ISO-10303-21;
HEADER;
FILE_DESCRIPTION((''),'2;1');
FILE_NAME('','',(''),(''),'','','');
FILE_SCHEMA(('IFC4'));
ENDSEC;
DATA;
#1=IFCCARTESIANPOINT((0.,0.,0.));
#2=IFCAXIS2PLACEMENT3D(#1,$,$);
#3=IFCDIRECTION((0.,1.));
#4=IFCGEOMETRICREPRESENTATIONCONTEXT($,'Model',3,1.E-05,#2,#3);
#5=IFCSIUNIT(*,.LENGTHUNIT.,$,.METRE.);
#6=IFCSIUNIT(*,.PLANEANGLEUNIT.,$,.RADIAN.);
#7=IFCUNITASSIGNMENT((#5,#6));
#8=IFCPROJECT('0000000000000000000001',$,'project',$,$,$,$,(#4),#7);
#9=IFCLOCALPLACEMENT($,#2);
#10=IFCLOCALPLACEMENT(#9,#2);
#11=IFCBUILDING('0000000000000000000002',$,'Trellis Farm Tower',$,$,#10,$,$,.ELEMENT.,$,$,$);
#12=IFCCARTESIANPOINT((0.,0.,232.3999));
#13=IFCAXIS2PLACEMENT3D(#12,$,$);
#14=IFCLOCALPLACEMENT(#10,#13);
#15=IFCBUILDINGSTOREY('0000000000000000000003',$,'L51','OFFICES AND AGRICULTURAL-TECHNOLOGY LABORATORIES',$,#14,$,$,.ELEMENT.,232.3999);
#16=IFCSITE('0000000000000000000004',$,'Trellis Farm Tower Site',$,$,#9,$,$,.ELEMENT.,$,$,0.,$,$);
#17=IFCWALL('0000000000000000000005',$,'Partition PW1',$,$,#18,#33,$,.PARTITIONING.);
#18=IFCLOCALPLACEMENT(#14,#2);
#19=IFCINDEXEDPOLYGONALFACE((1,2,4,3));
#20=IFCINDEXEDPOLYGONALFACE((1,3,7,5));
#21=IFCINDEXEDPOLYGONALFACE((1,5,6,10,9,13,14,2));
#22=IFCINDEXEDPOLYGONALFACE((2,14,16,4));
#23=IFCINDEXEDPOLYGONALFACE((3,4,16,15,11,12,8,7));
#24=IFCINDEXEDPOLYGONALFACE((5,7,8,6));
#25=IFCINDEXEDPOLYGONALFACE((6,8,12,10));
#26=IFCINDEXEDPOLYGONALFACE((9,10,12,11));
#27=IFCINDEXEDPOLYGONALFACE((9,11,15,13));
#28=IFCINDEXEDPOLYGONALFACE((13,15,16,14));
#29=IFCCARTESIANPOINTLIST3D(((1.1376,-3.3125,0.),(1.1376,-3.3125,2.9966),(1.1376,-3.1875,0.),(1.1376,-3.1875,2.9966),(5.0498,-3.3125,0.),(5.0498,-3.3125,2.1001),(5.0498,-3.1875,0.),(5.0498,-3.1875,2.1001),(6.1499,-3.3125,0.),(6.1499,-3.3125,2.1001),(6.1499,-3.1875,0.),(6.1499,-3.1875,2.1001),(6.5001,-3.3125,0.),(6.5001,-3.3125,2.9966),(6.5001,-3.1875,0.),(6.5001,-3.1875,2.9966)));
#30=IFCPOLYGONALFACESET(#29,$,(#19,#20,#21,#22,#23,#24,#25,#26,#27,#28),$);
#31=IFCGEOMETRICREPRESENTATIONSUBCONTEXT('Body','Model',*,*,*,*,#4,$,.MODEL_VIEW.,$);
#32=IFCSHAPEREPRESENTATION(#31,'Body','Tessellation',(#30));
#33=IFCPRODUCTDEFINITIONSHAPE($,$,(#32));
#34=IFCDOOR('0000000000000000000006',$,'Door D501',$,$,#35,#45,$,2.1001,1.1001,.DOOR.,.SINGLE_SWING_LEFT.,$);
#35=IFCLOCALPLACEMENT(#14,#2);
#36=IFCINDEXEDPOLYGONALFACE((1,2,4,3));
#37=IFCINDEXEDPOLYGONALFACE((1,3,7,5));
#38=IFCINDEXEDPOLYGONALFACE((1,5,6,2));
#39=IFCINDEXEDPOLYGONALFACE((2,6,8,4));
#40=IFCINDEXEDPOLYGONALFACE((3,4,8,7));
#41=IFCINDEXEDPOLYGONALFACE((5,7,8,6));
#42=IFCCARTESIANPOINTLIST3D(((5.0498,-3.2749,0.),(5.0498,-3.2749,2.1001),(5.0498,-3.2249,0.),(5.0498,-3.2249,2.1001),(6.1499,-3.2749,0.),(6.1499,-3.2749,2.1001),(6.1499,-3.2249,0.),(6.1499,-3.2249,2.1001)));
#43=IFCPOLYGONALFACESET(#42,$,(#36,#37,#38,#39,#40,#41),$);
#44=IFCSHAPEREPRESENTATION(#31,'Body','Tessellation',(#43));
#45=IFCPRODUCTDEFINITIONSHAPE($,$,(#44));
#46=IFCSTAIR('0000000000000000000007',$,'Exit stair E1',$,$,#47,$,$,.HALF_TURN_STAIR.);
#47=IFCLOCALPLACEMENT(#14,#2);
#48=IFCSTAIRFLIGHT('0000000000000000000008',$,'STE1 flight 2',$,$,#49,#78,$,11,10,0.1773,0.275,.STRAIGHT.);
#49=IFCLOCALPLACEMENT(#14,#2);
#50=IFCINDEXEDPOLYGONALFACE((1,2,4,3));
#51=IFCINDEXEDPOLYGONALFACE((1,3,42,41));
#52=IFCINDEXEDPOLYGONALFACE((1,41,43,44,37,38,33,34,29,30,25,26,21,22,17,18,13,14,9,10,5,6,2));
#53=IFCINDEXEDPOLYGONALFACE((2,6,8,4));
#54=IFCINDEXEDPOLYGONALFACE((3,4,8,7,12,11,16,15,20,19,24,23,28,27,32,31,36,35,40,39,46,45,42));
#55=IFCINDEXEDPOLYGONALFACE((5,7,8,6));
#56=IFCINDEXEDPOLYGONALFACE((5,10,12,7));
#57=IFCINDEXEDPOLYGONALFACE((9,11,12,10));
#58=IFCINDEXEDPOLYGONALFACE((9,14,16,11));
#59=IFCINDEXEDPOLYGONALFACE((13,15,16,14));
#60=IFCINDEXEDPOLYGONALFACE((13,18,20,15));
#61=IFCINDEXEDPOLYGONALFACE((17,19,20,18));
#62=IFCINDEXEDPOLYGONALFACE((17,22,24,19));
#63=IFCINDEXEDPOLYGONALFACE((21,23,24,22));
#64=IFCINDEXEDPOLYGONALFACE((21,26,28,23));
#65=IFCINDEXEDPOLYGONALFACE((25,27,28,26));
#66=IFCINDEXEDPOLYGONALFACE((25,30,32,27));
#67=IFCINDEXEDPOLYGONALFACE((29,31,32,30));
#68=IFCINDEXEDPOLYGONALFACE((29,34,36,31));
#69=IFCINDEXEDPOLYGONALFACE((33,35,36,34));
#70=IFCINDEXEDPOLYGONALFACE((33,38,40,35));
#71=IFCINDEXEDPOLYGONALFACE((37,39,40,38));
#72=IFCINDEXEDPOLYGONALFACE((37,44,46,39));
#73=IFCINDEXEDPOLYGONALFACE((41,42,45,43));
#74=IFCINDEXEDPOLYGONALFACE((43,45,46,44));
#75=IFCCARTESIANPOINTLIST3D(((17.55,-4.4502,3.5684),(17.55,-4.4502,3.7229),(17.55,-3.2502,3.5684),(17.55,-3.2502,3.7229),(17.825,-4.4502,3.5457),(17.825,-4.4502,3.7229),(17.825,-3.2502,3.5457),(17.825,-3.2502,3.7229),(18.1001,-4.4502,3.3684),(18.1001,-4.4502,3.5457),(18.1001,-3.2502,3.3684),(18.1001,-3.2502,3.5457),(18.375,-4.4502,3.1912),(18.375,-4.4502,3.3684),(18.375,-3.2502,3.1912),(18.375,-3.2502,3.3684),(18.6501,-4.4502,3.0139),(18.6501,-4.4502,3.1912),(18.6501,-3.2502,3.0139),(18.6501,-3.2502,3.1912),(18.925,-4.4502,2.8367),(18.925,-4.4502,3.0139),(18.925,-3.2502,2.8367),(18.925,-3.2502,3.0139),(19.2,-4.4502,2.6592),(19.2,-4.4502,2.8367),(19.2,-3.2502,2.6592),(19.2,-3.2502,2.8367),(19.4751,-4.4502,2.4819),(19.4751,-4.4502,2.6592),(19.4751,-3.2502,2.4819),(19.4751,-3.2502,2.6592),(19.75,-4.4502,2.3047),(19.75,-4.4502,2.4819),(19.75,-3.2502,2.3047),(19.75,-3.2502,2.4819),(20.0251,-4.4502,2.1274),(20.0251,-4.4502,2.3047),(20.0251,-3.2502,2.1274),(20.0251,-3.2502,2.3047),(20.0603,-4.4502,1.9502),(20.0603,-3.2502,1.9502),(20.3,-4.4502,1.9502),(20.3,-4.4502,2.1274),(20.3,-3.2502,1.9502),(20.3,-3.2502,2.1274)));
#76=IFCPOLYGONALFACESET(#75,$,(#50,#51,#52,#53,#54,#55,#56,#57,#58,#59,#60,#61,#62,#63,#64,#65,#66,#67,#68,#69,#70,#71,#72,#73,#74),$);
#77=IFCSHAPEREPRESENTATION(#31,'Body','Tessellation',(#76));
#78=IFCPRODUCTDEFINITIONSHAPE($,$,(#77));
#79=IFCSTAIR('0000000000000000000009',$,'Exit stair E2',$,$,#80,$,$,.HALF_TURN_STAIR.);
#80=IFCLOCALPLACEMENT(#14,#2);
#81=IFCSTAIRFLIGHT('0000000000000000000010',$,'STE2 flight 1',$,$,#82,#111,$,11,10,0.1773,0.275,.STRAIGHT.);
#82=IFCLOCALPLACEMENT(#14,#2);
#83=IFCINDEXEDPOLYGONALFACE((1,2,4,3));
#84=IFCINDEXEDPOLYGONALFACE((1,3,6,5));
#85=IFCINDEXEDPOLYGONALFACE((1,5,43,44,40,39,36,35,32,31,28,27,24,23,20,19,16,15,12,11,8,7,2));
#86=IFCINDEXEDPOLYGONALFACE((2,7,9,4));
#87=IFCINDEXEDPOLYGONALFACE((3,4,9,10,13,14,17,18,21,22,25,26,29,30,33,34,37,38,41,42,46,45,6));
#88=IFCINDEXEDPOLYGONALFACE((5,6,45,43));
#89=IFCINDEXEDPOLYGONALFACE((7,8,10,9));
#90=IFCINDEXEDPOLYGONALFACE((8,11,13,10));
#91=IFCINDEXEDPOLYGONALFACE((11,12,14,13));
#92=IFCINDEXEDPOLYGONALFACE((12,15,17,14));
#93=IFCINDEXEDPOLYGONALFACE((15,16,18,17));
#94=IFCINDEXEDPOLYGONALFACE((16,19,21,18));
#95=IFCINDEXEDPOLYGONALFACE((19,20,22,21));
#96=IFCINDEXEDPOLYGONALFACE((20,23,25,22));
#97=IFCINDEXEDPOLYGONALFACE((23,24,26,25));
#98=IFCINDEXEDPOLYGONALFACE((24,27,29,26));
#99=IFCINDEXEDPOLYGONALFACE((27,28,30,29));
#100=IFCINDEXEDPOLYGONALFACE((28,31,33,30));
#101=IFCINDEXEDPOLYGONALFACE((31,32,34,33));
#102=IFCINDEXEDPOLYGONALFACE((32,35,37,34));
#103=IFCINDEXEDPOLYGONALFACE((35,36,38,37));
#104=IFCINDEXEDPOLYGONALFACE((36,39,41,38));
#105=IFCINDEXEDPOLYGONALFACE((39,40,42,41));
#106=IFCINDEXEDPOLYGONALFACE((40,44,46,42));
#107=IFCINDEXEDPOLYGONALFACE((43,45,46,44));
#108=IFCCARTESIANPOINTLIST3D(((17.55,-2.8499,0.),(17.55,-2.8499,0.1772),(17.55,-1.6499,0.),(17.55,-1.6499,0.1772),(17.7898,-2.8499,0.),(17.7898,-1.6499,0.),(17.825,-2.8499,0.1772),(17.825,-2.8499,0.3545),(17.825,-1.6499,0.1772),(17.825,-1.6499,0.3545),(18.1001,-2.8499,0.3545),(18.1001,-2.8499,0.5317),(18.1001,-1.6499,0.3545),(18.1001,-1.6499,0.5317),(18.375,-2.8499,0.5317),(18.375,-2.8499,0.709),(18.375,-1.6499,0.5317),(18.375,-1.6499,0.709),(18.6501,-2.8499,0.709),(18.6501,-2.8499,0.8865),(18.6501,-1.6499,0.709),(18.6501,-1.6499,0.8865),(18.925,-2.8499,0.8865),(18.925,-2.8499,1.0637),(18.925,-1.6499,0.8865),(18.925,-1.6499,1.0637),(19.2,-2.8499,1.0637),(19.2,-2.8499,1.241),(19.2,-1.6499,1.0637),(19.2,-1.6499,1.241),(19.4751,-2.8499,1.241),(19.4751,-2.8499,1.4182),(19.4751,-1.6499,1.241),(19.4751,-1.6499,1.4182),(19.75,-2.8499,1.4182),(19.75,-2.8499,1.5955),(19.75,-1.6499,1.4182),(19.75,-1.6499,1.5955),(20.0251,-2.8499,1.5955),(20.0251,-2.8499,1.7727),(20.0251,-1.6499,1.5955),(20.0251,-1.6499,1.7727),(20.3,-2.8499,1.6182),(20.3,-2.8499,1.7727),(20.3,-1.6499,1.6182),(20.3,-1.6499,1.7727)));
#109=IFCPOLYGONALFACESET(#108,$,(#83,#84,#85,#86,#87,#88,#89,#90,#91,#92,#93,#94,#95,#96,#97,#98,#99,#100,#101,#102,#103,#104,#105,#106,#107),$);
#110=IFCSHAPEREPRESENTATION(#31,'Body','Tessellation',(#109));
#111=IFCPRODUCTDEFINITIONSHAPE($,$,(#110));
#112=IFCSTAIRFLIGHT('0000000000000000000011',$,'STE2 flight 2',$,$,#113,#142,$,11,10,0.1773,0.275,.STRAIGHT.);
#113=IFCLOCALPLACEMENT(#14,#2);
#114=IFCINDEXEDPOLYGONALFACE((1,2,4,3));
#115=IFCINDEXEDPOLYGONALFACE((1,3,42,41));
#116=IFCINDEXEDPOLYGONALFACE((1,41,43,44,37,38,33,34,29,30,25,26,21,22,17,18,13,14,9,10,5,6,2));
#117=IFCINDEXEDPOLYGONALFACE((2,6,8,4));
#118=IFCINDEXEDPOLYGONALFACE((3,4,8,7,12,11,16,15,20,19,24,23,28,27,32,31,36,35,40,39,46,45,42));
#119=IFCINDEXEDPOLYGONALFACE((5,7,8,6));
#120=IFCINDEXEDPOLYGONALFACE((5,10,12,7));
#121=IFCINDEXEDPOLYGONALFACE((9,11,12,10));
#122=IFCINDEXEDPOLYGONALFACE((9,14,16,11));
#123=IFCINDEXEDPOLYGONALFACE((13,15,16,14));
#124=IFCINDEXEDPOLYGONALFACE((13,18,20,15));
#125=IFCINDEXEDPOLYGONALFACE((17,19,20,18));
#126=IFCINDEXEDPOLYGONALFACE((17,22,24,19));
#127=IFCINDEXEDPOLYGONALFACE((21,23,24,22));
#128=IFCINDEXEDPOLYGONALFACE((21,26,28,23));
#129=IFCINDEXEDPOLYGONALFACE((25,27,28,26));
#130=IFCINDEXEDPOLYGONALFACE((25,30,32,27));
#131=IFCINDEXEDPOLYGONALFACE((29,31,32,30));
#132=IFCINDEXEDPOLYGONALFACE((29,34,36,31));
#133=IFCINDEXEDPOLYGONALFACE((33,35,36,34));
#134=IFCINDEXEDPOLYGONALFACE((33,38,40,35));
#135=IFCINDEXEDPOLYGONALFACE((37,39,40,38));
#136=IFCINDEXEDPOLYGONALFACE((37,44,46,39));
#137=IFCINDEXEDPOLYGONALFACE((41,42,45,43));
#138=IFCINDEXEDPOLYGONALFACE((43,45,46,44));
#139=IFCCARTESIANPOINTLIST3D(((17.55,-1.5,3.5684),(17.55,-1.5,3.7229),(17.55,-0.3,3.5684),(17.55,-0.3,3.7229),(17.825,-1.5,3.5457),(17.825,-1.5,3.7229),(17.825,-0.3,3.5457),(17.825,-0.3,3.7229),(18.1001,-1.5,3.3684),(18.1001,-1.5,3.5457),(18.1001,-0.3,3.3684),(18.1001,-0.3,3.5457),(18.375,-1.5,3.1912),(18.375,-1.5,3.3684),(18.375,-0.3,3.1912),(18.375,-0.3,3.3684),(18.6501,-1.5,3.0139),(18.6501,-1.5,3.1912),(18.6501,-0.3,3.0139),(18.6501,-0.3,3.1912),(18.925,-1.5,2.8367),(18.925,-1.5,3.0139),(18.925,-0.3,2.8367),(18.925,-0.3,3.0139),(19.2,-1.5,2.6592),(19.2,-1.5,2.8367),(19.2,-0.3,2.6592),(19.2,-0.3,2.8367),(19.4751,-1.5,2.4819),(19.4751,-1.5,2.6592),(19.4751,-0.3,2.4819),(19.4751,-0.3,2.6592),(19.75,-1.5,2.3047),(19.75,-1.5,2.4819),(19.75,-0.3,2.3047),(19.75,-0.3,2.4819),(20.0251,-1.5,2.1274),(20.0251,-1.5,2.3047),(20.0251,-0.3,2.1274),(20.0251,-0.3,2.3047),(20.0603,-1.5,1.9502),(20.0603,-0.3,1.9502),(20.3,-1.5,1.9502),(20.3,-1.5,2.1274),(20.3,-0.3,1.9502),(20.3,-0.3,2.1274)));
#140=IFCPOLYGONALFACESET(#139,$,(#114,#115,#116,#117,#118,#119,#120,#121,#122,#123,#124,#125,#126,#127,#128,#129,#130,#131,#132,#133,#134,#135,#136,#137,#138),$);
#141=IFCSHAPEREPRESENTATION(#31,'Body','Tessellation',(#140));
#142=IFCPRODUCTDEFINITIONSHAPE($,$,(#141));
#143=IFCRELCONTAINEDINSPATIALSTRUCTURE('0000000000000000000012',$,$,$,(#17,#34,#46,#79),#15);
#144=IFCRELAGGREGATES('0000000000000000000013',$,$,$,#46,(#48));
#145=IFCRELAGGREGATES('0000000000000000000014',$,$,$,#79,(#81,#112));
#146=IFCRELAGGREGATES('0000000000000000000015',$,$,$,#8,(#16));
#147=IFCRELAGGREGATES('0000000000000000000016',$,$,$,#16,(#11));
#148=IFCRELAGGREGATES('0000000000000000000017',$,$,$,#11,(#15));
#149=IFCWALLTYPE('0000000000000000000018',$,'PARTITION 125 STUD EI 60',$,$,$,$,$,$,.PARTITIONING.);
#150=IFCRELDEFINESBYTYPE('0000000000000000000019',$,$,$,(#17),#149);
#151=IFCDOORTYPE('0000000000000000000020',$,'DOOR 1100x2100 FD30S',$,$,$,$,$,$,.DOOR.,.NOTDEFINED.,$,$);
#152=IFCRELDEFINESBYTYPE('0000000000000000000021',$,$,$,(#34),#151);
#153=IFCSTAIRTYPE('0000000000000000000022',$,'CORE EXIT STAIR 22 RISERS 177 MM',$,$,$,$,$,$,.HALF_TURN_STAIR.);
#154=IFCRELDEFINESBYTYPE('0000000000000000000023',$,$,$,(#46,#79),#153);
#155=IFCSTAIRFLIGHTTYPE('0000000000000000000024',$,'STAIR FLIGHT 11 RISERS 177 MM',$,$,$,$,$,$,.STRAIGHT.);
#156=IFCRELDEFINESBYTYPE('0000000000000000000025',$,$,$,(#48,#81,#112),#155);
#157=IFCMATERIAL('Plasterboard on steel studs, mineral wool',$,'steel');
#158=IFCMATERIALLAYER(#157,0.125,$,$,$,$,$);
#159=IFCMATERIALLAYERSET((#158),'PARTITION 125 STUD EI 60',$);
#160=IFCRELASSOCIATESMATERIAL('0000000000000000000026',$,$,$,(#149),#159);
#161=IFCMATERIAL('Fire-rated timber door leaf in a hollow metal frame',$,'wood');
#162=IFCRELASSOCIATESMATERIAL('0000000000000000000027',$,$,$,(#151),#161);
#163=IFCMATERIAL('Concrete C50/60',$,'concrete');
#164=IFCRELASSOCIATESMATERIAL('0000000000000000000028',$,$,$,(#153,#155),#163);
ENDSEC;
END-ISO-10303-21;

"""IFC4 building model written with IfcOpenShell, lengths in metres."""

from ifc_helpers import new_model, si_unit, direction, frame, frame_2d, origin, place, context, subcontext, project, spatial, polyline, rectangle, outline, extrude, source, transform, mapped, material, layer, layer_set, type_object, element, fill, aggregate, save


model = new_model("IFC4")

# Units and contexts
model_context = context("Model", 3, precision=1e-05, world=origin(), true_north=direction((0.0, 1.0)))
body_context = subcontext(model_context, "Body", "Model", "MODEL_VIEW")
ifc_project = project(units=[si_unit("LENGTHUNIT", "METRE"), si_unit("PLANEANGLEUNIT", "RADIAN")], contexts=[model_context])

# Site, building, storey
site_placement = place(None, origin())
site = spatial("IfcSite", under=ifc_project, at=site_placement, Name="Trellis Farm Tower Site", CompositionType="ELEMENT", RefElevation=0.0)
building_placement = place(site_placement, origin())
building = spatial("IfcBuilding", under=site, at=building_placement, Name="Trellis Farm Tower", CompositionType="ELEMENT")
storey_placement = place(building_placement, frame((0.0, 0.0, 232.3999)))
storey = spatial("IfcBuildingStorey", under=building, at=storey_placement, Name="L51", Description="OFFICES AND AGRICULTURAL-TECHNOLOGY LABORATORIES", CompositionType="ELEMENT", Elevation=232.3999)

# Shared definitions
placement = place(storey_placement, origin())

# Shared definitions
ifc_material_1 = material(Name="Plasterboard on steel studs, mineral wool", Category="steel")
ifc_layer_1 = layer(ifc_material_1, 0.125)
ifc_layer_set_1 = layer_set([ifc_layer_1], Name="PARTITION 125 STUD EI 60")
wall_type_1 = type_object("IfcWallType", Name="PARTITION 125 STUD EI 60", PredefinedType="PARTITIONING", material=ifc_layer_set_1)

# Wall, opening, door
shared_shape_1 = source(origin(), body_context, "Body", "SweptSolid", [
    extrude(rectangle(XDim=5.3625, YDim=0.125, at=frame_2d((2.6812, 0.0))), origin(), (0.0, 0.0, 1.0), 2.9966),
])
wall_1_placement = place(storey_placement, frame((6.5, -3.25, 0.0), z_axis=(0.0, 0.0, 1.0), x_axis=(-1.0, 0.0, 0.0)))
wall_1 = element("IfcWall", 1, at=wall_1_placement, inside=storey, type_object=wall_type_1, Name="Partition PW1", PredefinedType="PARTITIONING", context=body_context, shape_type="MappedRepresentation", body=[
    mapped(shared_shape_1, transform((0.0, 0.0, 0.0))),
])
shared_shape_2 = source(origin(), body_context, "Body", "SweptSolid", [
    extrude(rectangle(XDim=1.1001, YDim=2.1001, at=frame_2d((0.55, 1.05))), frame((0.0, 0.0725, 0.0), z_axis=(0.0, -1.0, 0.0), x_axis=(1.0, 0.0, 0.0)), (0.0, 0.0, 1.0), 0.145),
])
opening_1_placement = place(wall_1_placement, frame((0.3501, 0.0, 0.0)))
opening_1 = element("IfcOpeningElement", 2, at=opening_1_placement, cuts=wall_1, PredefinedType="OPENING", context=body_context, shape_type="MappedRepresentation", body=[
    mapped(shared_shape_2, transform((0.0, 0.0, 0.0))),
])
ifc_material_2 = material(Name="Fire-rated timber door leaf in a hollow metal frame", Category="wood")
door_type_1 = type_object("IfcDoorType", Name="DOOR 1100x2100 FD30S", OperationType="NOTDEFINED", PredefinedType="DOOR", material=ifc_material_2)
shared_shape_3 = source(origin(), body_context, "Body", "SweptSolid", [
    extrude(rectangle(XDim=1.1001, YDim=2.1001, at=frame_2d((0.55, 1.05))), frame((0.0, 0.0249, 0.0), z_axis=(0.0, -1.0, 0.0), x_axis=(1.0, 0.0, 0.0)), (0.0, 0.0, 1.0), 0.05),
])
door_1_placement = place(opening_1_placement, origin())
door_1 = element("IfcDoor", 3, at=door_1_placement, inside=storey, type_object=door_type_1, Name="Door D501", OperationType="SINGLE_SWING_LEFT", OverallHeight=2.1001, OverallWidth=1.1001, PredefinedType="DOOR", context=body_context, shape_type="MappedRepresentation", body=[
    mapped(shared_shape_3, transform((0.0, 0.0, 0.0))),
])
fill(opening_1, door_1)

# Stair, stair flight
ifc_material_3 = material(Name="Concrete C50/60", Category="concrete")
stair_type = type_object("IfcStairType", Name="CORE EXIT STAIR 22 RISERS 177 MM", PredefinedType="HALF_TURN_STAIR", material=ifc_material_3)
stair_1 = element("IfcStair", 4, at=placement, inside=storey, type_object=stair_type, Name="Exit stair E1", PredefinedType="HALF_TURN_STAIR")
stair_flight_type = type_object("IfcStairFlightType", Name="STAIR FLIGHT 11 RISERS 177 MM", PredefinedType="STRAIGHT", material=ifc_material_3)
shared_shape_4 = source(origin(), body_context, "Body", "SweptSolid", [
    extrude(outline(polyline([(0.0, 0.0), (0.0, 0.1772), (0.2749, 0.1772), (0.2749, 0.3545), (0.55, 0.3545), (0.55, 0.5317), (0.825, 0.5317), (0.825, 0.709), (1.1001, 0.709), (1.1001, 0.8865), (1.375, 0.8865), (1.375, 1.0637), (1.6499, 1.0637), (1.6499, 1.241), (1.925, 1.241), (1.925, 1.4182), (2.2, 1.4182), (2.2, 1.5955), (2.4751, 1.5955), (2.4751, 1.7727), (2.75, 1.7727), (2.75, 1.95), (2.75, 1.6182), (0.2397, 0.0), (0.0, 0.0)])), frame((0.0, 0.6001, 0.0), z_axis=(0.0, -1.0, 0.0), x_axis=(1.0, 0.0, 0.0)), (0.0, 0.0, 1.0), 1.2),
])
stair_flight_1_placement = place(storey_placement, frame((20.3, -3.8501, 1.9502), z_axis=(0.0, 0.0, 1.0), x_axis=(-1.0, 0.0, 0.0)))
stair_flight_1 = element("IfcStairFlight", 5, at=stair_flight_1_placement, type_object=stair_flight_type, Name="STE1 flight 2", NumberOfRisers=11, NumberOfTreads=10, PredefinedType="STRAIGHT", RiserHeight=0.1773, TreadLength=0.275, context=body_context, shape_type="MappedRepresentation", body=[
    mapped(shared_shape_4, transform((0.0, 0.0, 0.0))),
])
aggregate(stair_1, [stair_flight_1])

# Stair, stair flights
stair_2 = element("IfcStair", 6, at=placement, inside=storey, type_object=stair_type, Name="Exit stair E2", PredefinedType="HALF_TURN_STAIR")
stair_flight_2_placement = place(storey_placement, frame((17.55, -2.25, 0.0), z_axis=(0.0, 0.0, 1.0), x_axis=(1.0, 0.0, 0.0)))
stair_flight_2 = element("IfcStairFlight", 7, at=stair_flight_2_placement, type_object=stair_flight_type, Name="STE2 flight 1", NumberOfRisers=11, NumberOfTreads=10, PredefinedType="STRAIGHT", RiserHeight=0.1773, TreadLength=0.275, context=body_context, shape_type="MappedRepresentation", body=[
    mapped(shared_shape_4, transform((0.0, 0.0, 0.0))),
])
stair_flight_3_placement = place(storey_placement, frame((20.3, -0.8999, 1.9502), z_axis=(0.0, 0.0, 1.0), x_axis=(-1.0, 0.0, 0.0)))
stair_flight_3 = element("IfcStairFlight", 8, at=stair_flight_3_placement, type_object=stair_flight_type, Name="STE2 flight 2", NumberOfRisers=11, NumberOfTreads=10, PredefinedType="STRAIGHT", RiserHeight=0.1773, TreadLength=0.275, context=body_context, shape_type="MappedRepresentation", body=[
    mapped(shared_shape_4, transform((0.0, 0.0, 0.0))),
])
aggregate(stair_2, [stair_flight_2, stair_flight_3])

save(model, "model.ifc")
